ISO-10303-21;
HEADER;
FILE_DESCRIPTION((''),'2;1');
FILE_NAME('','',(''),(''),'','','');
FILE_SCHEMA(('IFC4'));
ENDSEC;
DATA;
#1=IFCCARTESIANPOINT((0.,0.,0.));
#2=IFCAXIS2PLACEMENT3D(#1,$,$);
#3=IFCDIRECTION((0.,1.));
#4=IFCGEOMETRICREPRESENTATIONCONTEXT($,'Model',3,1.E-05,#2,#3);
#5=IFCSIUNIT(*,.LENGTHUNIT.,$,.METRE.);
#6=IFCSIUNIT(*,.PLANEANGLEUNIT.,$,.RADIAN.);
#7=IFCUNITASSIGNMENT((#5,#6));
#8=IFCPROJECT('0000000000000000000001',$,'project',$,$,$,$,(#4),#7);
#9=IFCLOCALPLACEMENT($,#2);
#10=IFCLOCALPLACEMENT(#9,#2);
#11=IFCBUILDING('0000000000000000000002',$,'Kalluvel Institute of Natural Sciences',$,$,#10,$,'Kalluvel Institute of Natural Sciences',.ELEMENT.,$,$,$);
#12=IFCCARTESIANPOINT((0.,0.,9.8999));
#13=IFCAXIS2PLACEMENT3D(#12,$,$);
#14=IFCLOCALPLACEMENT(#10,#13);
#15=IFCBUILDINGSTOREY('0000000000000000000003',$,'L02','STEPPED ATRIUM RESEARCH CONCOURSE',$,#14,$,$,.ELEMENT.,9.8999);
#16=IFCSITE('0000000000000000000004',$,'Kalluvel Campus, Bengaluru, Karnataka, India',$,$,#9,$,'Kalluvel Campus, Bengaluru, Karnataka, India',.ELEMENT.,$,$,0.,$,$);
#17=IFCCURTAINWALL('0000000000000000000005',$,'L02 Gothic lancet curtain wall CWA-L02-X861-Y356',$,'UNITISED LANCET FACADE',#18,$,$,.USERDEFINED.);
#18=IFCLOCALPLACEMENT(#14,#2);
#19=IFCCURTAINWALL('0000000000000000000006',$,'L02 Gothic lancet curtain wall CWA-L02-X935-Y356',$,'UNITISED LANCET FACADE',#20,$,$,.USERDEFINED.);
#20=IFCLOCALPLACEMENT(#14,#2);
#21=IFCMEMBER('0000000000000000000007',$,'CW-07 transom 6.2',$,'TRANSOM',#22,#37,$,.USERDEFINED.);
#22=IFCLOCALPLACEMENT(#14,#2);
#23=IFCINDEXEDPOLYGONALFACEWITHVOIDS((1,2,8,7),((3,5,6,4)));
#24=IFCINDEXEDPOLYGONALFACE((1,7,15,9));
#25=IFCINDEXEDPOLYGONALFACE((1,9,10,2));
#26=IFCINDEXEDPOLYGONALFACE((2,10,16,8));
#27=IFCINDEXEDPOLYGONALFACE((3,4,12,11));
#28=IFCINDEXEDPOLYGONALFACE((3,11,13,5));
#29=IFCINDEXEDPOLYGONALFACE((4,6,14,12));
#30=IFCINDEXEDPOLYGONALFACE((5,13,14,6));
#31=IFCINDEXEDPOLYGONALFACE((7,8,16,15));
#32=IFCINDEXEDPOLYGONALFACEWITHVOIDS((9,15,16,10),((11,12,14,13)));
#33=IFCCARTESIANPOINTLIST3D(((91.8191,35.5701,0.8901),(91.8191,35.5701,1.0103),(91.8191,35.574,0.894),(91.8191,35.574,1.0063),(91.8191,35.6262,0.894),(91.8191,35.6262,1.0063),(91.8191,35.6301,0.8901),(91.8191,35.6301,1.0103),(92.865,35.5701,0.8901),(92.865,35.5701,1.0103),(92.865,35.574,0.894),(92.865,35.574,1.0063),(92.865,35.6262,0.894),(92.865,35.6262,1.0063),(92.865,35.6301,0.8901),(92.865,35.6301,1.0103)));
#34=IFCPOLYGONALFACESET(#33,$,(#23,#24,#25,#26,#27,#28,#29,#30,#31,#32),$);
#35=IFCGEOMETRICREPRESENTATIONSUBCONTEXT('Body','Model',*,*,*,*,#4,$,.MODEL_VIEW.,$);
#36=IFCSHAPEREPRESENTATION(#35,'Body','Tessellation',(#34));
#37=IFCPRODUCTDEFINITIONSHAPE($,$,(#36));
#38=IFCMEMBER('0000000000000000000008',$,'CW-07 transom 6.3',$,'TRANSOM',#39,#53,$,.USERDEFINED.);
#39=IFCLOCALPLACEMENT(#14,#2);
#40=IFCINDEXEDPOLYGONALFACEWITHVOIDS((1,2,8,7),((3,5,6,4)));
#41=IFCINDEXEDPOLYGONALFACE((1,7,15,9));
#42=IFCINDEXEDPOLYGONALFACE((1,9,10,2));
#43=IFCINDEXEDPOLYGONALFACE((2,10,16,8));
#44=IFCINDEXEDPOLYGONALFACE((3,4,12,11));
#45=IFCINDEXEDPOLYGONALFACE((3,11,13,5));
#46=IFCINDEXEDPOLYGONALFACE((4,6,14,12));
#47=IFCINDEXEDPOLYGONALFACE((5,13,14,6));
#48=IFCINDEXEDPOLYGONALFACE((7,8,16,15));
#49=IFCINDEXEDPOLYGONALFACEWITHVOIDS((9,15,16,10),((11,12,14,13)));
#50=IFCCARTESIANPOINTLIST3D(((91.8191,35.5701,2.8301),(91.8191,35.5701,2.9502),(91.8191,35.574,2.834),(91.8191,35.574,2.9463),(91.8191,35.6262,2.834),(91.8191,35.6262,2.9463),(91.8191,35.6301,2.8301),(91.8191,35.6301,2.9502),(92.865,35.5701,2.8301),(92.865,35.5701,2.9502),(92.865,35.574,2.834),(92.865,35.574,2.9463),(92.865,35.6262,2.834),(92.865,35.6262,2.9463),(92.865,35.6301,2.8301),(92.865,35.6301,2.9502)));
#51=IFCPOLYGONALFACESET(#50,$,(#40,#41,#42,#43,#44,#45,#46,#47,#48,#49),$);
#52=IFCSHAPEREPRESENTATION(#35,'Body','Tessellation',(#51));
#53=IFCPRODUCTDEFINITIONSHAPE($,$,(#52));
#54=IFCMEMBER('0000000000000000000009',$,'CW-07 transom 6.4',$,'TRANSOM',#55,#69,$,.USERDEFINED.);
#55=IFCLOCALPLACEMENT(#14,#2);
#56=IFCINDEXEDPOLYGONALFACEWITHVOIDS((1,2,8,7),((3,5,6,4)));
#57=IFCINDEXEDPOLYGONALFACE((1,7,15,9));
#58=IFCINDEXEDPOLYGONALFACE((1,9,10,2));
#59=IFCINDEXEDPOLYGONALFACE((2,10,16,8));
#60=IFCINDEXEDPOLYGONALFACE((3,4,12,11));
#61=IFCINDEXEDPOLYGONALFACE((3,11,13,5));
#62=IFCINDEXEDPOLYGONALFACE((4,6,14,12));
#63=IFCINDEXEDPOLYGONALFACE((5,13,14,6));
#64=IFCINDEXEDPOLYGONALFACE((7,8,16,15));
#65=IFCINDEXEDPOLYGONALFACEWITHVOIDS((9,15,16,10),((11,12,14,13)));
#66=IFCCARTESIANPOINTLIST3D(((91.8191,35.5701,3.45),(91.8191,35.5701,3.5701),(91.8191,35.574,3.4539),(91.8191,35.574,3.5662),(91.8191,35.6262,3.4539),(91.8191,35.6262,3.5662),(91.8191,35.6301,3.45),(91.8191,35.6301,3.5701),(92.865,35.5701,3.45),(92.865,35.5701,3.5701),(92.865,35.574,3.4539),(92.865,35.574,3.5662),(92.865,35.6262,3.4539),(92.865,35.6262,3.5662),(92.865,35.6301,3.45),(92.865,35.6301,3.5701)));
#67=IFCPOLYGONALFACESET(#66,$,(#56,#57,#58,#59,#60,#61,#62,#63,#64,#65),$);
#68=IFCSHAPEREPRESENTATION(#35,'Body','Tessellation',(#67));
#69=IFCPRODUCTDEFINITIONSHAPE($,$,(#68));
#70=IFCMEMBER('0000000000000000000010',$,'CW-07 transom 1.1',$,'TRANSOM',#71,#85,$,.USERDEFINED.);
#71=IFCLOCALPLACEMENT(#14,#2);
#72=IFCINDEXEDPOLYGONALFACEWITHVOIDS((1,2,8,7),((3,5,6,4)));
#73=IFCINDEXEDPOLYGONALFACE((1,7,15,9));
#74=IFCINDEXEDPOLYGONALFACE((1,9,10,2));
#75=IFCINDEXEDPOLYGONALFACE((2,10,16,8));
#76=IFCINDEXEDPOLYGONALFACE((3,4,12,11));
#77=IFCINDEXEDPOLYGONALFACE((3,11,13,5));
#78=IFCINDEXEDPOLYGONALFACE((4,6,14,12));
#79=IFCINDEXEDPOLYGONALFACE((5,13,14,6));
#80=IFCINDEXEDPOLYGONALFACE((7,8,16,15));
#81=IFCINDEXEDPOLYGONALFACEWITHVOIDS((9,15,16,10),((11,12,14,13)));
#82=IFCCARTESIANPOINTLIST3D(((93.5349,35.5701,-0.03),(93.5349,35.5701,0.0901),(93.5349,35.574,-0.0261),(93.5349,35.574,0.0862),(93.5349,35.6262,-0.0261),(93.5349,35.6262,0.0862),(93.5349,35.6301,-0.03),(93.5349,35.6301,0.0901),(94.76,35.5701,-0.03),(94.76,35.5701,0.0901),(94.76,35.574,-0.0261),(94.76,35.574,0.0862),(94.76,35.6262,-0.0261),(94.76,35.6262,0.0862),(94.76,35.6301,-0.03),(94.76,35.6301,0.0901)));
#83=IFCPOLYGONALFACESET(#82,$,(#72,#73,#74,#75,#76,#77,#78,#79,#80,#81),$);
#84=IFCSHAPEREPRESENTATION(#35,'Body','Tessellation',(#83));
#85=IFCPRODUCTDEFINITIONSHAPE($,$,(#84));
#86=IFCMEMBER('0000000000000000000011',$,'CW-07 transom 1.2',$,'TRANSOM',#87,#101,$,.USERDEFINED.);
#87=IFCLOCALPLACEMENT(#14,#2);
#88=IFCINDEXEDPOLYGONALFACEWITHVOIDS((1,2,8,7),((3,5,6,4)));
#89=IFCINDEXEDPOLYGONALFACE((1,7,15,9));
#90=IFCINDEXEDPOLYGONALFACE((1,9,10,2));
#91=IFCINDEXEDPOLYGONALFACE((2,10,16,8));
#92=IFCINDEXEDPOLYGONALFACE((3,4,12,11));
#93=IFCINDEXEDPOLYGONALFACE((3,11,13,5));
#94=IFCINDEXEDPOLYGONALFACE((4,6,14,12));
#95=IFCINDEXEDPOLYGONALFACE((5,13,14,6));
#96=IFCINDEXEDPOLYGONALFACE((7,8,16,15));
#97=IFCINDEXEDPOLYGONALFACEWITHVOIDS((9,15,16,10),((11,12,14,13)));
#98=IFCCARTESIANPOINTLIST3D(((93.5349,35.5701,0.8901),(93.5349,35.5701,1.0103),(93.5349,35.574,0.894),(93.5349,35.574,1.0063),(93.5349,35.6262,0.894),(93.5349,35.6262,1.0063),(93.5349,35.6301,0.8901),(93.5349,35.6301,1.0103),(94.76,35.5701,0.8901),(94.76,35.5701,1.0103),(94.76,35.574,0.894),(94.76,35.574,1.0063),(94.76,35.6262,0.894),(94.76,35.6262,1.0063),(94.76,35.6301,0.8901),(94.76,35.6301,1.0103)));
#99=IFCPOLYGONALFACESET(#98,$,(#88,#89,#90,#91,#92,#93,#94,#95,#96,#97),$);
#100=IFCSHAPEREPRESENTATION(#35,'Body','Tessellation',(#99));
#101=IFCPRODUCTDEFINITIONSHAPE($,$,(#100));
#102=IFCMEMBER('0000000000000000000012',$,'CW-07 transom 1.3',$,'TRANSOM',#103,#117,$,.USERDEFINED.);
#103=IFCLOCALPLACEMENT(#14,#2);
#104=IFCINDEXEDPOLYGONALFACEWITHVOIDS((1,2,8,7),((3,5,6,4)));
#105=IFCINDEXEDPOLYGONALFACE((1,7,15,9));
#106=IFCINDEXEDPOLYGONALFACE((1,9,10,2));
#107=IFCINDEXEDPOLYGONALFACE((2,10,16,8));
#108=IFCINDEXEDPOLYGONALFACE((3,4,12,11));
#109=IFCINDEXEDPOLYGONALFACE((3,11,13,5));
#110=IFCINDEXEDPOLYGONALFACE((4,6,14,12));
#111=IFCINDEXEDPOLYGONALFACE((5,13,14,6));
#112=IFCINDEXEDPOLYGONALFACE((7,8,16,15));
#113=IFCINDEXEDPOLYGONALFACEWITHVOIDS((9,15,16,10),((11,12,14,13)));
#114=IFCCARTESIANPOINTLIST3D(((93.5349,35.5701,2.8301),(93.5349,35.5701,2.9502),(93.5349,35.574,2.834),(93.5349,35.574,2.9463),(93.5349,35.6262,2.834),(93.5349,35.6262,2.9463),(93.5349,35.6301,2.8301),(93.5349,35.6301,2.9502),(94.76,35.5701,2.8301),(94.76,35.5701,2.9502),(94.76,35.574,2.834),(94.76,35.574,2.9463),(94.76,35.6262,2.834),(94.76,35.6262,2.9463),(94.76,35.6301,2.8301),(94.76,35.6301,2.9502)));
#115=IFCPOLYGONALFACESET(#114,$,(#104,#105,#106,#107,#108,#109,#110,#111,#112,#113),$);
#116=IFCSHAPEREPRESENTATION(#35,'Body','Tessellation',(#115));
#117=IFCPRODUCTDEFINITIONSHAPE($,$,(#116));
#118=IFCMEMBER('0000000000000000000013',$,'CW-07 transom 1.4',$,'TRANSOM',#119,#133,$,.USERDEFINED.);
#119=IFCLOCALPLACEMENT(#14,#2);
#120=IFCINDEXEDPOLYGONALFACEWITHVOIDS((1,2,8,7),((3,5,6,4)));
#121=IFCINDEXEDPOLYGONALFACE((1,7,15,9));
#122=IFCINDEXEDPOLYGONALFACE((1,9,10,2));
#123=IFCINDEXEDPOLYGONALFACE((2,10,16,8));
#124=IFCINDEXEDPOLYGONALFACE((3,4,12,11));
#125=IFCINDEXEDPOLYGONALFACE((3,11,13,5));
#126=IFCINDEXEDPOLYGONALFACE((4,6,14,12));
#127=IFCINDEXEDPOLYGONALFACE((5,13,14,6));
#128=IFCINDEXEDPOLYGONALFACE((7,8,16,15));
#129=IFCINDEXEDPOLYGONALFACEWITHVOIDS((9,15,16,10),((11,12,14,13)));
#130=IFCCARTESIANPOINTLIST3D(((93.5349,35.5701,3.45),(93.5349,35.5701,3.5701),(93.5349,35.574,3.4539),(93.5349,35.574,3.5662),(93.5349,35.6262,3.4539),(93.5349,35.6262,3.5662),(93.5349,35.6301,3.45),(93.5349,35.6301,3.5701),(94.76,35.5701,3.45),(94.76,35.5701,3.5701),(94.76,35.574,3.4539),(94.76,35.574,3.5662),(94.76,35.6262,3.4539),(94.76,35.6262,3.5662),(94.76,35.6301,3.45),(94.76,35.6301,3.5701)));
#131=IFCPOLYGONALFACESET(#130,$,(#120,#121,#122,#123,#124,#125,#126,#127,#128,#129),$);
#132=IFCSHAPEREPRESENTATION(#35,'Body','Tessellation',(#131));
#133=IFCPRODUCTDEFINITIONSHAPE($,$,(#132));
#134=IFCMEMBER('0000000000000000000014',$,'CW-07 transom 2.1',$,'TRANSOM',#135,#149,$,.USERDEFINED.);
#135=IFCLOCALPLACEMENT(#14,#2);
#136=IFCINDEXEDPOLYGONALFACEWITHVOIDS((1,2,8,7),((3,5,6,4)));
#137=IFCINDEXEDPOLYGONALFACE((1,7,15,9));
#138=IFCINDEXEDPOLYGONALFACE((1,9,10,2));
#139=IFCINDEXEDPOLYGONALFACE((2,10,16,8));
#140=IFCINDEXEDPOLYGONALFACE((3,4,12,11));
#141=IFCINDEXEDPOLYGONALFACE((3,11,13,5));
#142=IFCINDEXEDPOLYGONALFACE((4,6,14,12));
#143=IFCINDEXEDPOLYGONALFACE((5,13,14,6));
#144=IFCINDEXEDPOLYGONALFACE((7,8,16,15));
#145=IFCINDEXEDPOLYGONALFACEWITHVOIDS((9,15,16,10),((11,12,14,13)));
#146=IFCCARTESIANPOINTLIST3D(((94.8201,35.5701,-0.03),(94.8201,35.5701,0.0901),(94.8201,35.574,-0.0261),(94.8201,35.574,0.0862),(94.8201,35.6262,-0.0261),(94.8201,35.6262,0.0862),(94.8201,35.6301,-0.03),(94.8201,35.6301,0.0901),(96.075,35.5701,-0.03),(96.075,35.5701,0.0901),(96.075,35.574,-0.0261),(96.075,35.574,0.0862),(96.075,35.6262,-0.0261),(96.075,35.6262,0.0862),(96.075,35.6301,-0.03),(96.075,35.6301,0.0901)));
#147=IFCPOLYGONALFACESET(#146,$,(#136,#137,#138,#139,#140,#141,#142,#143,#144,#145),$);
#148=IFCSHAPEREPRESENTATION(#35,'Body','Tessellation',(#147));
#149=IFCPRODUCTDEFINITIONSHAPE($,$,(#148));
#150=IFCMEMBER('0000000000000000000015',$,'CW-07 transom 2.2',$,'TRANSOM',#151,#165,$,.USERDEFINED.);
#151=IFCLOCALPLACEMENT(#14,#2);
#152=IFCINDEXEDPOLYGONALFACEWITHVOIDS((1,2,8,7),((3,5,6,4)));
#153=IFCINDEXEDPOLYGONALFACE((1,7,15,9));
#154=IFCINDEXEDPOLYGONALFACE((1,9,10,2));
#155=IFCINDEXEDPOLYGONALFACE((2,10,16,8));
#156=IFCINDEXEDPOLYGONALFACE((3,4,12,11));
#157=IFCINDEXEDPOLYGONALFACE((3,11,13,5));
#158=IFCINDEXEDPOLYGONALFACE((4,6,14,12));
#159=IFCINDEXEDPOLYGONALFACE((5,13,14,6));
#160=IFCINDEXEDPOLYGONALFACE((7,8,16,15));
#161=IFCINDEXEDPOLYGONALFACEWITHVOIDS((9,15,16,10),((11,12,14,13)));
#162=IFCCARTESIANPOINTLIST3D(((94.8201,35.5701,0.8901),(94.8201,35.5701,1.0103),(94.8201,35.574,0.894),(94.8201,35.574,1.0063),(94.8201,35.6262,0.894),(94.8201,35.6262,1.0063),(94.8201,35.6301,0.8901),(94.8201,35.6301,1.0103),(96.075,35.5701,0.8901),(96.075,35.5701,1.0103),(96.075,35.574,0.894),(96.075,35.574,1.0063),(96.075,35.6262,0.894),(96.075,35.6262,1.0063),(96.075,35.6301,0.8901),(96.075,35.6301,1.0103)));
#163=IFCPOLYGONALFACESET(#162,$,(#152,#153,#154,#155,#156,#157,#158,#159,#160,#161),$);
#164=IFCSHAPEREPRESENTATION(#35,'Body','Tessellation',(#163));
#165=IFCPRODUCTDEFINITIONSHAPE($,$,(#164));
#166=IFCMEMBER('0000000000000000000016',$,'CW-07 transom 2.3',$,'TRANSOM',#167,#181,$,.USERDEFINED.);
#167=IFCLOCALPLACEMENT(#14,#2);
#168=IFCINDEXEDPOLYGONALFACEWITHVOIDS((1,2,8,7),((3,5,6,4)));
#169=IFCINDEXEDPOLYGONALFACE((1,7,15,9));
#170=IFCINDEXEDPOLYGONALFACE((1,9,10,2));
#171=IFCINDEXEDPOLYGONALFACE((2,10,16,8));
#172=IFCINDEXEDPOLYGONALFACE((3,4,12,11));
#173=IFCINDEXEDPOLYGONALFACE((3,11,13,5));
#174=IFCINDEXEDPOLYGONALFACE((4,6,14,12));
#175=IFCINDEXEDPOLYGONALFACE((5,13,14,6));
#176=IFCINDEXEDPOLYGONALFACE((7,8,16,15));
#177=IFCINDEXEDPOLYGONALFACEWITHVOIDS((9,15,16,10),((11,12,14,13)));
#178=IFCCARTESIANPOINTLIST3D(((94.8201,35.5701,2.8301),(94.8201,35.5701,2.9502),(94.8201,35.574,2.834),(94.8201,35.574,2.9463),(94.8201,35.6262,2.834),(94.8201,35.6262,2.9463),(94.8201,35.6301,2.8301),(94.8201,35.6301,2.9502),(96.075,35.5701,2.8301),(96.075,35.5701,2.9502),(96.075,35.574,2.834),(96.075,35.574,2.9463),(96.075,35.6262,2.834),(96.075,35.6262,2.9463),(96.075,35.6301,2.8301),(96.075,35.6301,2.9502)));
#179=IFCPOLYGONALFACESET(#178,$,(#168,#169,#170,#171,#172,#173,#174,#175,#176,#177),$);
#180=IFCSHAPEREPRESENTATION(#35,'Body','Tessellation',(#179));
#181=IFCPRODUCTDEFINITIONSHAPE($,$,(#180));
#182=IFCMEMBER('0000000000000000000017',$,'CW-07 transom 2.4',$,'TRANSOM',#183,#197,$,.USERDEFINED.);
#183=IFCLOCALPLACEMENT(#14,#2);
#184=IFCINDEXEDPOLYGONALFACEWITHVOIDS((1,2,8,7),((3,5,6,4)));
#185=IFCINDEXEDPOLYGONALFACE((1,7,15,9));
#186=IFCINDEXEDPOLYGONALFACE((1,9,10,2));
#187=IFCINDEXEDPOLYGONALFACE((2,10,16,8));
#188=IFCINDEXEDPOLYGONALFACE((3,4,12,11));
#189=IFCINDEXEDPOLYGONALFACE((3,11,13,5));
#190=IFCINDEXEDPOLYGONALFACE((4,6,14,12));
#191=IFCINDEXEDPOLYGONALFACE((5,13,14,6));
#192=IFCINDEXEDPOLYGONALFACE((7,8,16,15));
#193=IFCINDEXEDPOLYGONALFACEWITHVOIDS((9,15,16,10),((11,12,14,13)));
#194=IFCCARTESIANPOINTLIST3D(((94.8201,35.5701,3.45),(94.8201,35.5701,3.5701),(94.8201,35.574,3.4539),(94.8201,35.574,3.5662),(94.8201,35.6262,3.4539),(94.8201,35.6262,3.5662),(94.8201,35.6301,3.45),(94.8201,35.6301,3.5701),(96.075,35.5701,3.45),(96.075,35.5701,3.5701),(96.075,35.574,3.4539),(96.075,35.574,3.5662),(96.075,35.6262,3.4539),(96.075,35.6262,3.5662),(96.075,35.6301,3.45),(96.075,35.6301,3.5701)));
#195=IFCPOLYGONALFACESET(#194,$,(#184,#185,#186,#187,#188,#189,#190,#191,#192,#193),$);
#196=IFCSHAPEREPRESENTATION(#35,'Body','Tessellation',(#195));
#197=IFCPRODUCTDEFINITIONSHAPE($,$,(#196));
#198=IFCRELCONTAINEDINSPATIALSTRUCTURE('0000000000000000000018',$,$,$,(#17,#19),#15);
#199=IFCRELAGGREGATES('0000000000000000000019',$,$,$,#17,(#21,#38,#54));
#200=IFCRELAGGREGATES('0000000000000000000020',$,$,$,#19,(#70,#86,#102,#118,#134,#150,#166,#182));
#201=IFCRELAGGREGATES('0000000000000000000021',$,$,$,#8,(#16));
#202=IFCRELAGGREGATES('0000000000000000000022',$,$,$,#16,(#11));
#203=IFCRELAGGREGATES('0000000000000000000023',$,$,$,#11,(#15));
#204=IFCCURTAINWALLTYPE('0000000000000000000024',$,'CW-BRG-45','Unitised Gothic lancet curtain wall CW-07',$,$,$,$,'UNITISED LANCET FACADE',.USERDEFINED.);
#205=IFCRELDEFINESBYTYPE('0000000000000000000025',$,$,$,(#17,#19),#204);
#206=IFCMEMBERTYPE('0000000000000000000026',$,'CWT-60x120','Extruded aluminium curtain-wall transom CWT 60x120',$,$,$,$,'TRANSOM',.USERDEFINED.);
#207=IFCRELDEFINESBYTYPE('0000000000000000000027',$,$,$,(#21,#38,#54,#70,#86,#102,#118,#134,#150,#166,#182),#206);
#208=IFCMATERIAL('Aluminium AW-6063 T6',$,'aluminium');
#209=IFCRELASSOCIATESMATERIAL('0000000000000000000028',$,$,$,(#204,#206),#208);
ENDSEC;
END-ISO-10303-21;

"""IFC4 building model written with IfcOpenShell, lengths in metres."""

from ifc_helpers import new_model, si_unit, direction, frame, origin, origin_2d, place, context, subcontext, project, spatial, hollow_rectangle, extrude, material, material_profile, profile_set, type_object, element, aggregate, save


model = new_model("IFC4")

# Units and contexts
model_context = context("Model", 3, precision=1e-05, world=origin(), true_north=direction((0.0, 1.0)))
body_context = subcontext(model_context, "Body", "Model", "MODEL_VIEW")
ifc_project = project(units=[si_unit("LENGTHUNIT", "METRE"), si_unit("PLANEANGLEUNIT", "RADIAN")], contexts=[model_context])

# Site, building, storey
site_placement = place(None, origin())
site = spatial("IfcSite", under=ifc_project, at=site_placement, Name="Kalluvel Campus, Bengaluru, Karnataka, India", LongName="Kalluvel Campus, Bengaluru, Karnataka, India", CompositionType="ELEMENT", RefElevation=0.0)
building_placement = place(site_placement, origin())
building = spatial("IfcBuilding", under=site, at=building_placement, Name="Kalluvel Institute of Natural Sciences", LongName="Kalluvel Institute of Natural Sciences", CompositionType="ELEMENT")
storey_placement = place(building_placement, frame((0.0, 0.0, 9.8999)))
storey = spatial("IfcBuildingStorey", under=building, at=storey_placement, Name="L02", Description="STEPPED ATRIUM RESEARCH CONCOURSE", CompositionType="ELEMENT", Elevation=9.8999)

# Curtain walls
ifc_material_1 = material(Name="Aluminium AW-6063 T6", Category="aluminium")
curtain_wall_type = type_object("IfcCurtainWallType", Name="CW-BRG-45", Description="Unitised Gothic lancet curtain wall CW-07", ElementType="UNITISED LANCET FACADE", PredefinedType="USERDEFINED", material=ifc_material_1)
curtain_wall_1_placement = place(storey_placement, origin())
curtain_wall_1 = element("IfcCurtainWall", 1, at=curtain_wall_1_placement, inside=storey, type_object=curtain_wall_type, Name="L02 Gothic lancet curtain wall CWA-L02-X861-Y356", ObjectType="UNITISED LANCET FACADE", PredefinedType="USERDEFINED")
curtain_wall_2_placement = place(storey_placement, origin())
curtain_wall_2 = element("IfcCurtainWall", 2, at=curtain_wall_2_placement, inside=storey, type_object=curtain_wall_type, Name="L02 Gothic lancet curtain wall CWA-L02-X935-Y356", ObjectType="UNITISED LANCET FACADE", PredefinedType="USERDEFINED")

# Members
ifc_material_profile_1 = material_profile(ifc_material_1, hollow_rectangle(XDim=0.0601, YDim=0.1201, WallThickness=0.0039, at=origin_2d()), Name="CWT 60x120")
ifc_profile_set_1 = profile_set([ifc_material_profile_1], Name="Aluminium AW-6063 T6")
member_type_1 = type_object("IfcMemberType", Name="CWT-60x120", Description="Extruded aluminium curtain-wall transom CWT 60x120", ElementType="TRANSOM", PredefinedType="USERDEFINED", material=ifc_profile_set_1)
member_1_placement = place(storey_placement, frame((91.8191, 35.6001, 0.9502), z_axis=(1.0, 0.0, 0.0), x_axis=(0.0, 1.0, 0.0)))
member_1 = element("IfcMember", 3, at=member_1_placement, type_object=member_type_1, Name="CW-07 transom 6.2", ObjectType="TRANSOM", PredefinedType="USERDEFINED", context=body_context, shape_type="SweptSolid", body=[
    extrude(hollow_rectangle(XDim=0.0601, YDim=0.1201, WallThickness=0.0039, at=origin_2d()), origin(), (0.0, 0.0, 1.0), 1.0459),
])
member_2_placement = place(storey_placement, frame((91.8191, 35.6001, 2.8901), z_axis=(1.0, 0.0, 0.0), x_axis=(0.0, 1.0, 0.0)))
member_2 = element("IfcMember", 4, at=member_2_placement, type_object=member_type_1, Name="CW-07 transom 6.3", ObjectType="TRANSOM", PredefinedType="USERDEFINED", context=body_context, shape_type="SweptSolid", body=[
    extrude(hollow_rectangle(XDim=0.0601, YDim=0.1201, WallThickness=0.0039, at=origin_2d()), origin(), (0.0, 0.0, 1.0), 1.0459),
])
member_3_placement = place(storey_placement, frame((91.8191, 35.6001, 3.51), z_axis=(1.0, 0.0, 0.0), x_axis=(0.0, 1.0, 0.0)))
member_3 = element("IfcMember", 5, at=member_3_placement, type_object=member_type_1, Name="CW-07 transom 6.4", ObjectType="TRANSOM", PredefinedType="USERDEFINED", context=body_context, shape_type="SweptSolid", body=[
    extrude(hollow_rectangle(XDim=0.0601, YDim=0.1201, WallThickness=0.0039, at=origin_2d()), origin(), (0.0, 0.0, 1.0), 1.0459),
])
member_4_placement = place(storey_placement, frame((93.5349, 35.6001, 0.03), z_axis=(1.0, 0.0, 0.0), x_axis=(0.0, 1.0, 0.0)))
member_4 = element("IfcMember", 6, at=member_4_placement, type_object=member_type_1, Name="CW-07 transom 1.1", ObjectType="TRANSOM", PredefinedType="USERDEFINED", context=body_context, shape_type="SweptSolid", body=[
    extrude(hollow_rectangle(XDim=0.0601, YDim=0.1201, WallThickness=0.0039, at=origin_2d()), origin(), (0.0, 0.0, 1.0), 1.2251),
])
member_5_placement = place(storey_placement, frame((93.5349, 35.6001, 0.9502), z_axis=(1.0, 0.0, 0.0), x_axis=(0.0, 1.0, 0.0)))
member_5 = element("IfcMember", 7, at=member_5_placement, type_object=member_type_1, Name="CW-07 transom 1.2", ObjectType="TRANSOM", PredefinedType="USERDEFINED", context=body_context, shape_type="SweptSolid", body=[
    extrude(hollow_rectangle(XDim=0.0601, YDim=0.1201, WallThickness=0.0039, at=origin_2d()), origin(), (0.0, 0.0, 1.0), 1.2251),
])
member_6_placement = place(storey_placement, frame((93.5349, 35.6001, 2.8901), z_axis=(1.0, 0.0, 0.0), x_axis=(0.0, 1.0, 0.0)))
member_6 = element("IfcMember", 8, at=member_6_placement, type_object=member_type_1, Name="CW-07 transom 1.3", ObjectType="TRANSOM", PredefinedType="USERDEFINED", context=body_context, shape_type="SweptSolid", body=[
    extrude(hollow_rectangle(XDim=0.0601, YDim=0.1201, WallThickness=0.0039, at=origin_2d()), origin(), (0.0, 0.0, 1.0), 1.2251),
])
member_7_placement = place(storey_placement, frame((93.5349, 35.6001, 3.51), z_axis=(1.0, 0.0, 0.0), x_axis=(0.0, 1.0, 0.0)))
member_7 = element("IfcMember", 9, at=member_7_placement, type_object=member_type_1, Name="CW-07 transom 1.4", ObjectType="TRANSOM", PredefinedType="USERDEFINED", context=body_context, shape_type="SweptSolid", body=[
    extrude(hollow_rectangle(XDim=0.0601, YDim=0.1201, WallThickness=0.0039, at=origin_2d()), origin(), (0.0, 0.0, 1.0), 1.2251),
])
member_8_placement = place(storey_placement, frame((94.8201, 35.6001, 0.03), z_axis=(1.0, 0.0, 0.0), x_axis=(0.0, 1.0, 0.0)))
member_8 = element("IfcMember", 10, at=member_8_placement, type_object=member_type_1, Name="CW-07 transom 2.1", ObjectType="TRANSOM", PredefinedType="USERDEFINED", context=body_context, shape_type="SweptSolid", body=[
    extrude(hollow_rectangle(XDim=0.0601, YDim=0.1201, WallThickness=0.0039, at=origin_2d()), origin(), (0.0, 0.0, 1.0), 1.2549),
])
member_9_placement = place(storey_placement, frame((94.8201, 35.6001, 0.9502), z_axis=(1.0, 0.0, 0.0), x_axis=(0.0, 1.0, 0.0)))
member_9 = element("IfcMember", 11, at=member_9_placement, type_object=member_type_1, Name="CW-07 transom 2.2", ObjectType="TRANSOM", PredefinedType="USERDEFINED", context=body_context, shape_type="SweptSolid", body=[
    extrude(hollow_rectangle(XDim=0.0601, YDim=0.1201, WallThickness=0.0039, at=origin_2d()), origin(), (0.0, 0.0, 1.0), 1.2549),
])
member_10_placement = place(storey_placement, frame((94.8201, 35.6001, 2.8901), z_axis=(1.0, 0.0, 0.0), x_axis=(0.0, 1.0, 0.0)))
member_10 = element("IfcMember", 12, at=member_10_placement, type_object=member_type_1, Name="CW-07 transom 2.3", ObjectType="TRANSOM", PredefinedType="USERDEFINED", context=body_context, shape_type="SweptSolid", body=[
    extrude(hollow_rectangle(XDim=0.0601, YDim=0.1201, WallThickness=0.0039, at=origin_2d()), origin(), (0.0, 0.0, 1.0), 1.2549),
])
member_11_placement = place(storey_placement, frame((94.8201, 35.6001, 3.51), z_axis=(1.0, 0.0, 0.0), x_axis=(0.0, 1.0, 0.0)))
member_11 = element("IfcMember", 13, at=member_11_placement, type_object=member_type_1, Name="CW-07 transom 2.4", ObjectType="TRANSOM", PredefinedType="USERDEFINED", context=body_context, shape_type="SweptSolid", body=[
    extrude(hollow_rectangle(XDim=0.0601, YDim=0.1201, WallThickness=0.0039, at=origin_2d()), origin(), (0.0, 0.0, 1.0), 1.2549),
])

aggregate(curtain_wall_1, [member_1, member_2, member_3])
aggregate(curtain_wall_2, [member_4, member_5, member_6, member_7, member_8, member_9, member_10, member_11])

save(model, "model.ifc")
